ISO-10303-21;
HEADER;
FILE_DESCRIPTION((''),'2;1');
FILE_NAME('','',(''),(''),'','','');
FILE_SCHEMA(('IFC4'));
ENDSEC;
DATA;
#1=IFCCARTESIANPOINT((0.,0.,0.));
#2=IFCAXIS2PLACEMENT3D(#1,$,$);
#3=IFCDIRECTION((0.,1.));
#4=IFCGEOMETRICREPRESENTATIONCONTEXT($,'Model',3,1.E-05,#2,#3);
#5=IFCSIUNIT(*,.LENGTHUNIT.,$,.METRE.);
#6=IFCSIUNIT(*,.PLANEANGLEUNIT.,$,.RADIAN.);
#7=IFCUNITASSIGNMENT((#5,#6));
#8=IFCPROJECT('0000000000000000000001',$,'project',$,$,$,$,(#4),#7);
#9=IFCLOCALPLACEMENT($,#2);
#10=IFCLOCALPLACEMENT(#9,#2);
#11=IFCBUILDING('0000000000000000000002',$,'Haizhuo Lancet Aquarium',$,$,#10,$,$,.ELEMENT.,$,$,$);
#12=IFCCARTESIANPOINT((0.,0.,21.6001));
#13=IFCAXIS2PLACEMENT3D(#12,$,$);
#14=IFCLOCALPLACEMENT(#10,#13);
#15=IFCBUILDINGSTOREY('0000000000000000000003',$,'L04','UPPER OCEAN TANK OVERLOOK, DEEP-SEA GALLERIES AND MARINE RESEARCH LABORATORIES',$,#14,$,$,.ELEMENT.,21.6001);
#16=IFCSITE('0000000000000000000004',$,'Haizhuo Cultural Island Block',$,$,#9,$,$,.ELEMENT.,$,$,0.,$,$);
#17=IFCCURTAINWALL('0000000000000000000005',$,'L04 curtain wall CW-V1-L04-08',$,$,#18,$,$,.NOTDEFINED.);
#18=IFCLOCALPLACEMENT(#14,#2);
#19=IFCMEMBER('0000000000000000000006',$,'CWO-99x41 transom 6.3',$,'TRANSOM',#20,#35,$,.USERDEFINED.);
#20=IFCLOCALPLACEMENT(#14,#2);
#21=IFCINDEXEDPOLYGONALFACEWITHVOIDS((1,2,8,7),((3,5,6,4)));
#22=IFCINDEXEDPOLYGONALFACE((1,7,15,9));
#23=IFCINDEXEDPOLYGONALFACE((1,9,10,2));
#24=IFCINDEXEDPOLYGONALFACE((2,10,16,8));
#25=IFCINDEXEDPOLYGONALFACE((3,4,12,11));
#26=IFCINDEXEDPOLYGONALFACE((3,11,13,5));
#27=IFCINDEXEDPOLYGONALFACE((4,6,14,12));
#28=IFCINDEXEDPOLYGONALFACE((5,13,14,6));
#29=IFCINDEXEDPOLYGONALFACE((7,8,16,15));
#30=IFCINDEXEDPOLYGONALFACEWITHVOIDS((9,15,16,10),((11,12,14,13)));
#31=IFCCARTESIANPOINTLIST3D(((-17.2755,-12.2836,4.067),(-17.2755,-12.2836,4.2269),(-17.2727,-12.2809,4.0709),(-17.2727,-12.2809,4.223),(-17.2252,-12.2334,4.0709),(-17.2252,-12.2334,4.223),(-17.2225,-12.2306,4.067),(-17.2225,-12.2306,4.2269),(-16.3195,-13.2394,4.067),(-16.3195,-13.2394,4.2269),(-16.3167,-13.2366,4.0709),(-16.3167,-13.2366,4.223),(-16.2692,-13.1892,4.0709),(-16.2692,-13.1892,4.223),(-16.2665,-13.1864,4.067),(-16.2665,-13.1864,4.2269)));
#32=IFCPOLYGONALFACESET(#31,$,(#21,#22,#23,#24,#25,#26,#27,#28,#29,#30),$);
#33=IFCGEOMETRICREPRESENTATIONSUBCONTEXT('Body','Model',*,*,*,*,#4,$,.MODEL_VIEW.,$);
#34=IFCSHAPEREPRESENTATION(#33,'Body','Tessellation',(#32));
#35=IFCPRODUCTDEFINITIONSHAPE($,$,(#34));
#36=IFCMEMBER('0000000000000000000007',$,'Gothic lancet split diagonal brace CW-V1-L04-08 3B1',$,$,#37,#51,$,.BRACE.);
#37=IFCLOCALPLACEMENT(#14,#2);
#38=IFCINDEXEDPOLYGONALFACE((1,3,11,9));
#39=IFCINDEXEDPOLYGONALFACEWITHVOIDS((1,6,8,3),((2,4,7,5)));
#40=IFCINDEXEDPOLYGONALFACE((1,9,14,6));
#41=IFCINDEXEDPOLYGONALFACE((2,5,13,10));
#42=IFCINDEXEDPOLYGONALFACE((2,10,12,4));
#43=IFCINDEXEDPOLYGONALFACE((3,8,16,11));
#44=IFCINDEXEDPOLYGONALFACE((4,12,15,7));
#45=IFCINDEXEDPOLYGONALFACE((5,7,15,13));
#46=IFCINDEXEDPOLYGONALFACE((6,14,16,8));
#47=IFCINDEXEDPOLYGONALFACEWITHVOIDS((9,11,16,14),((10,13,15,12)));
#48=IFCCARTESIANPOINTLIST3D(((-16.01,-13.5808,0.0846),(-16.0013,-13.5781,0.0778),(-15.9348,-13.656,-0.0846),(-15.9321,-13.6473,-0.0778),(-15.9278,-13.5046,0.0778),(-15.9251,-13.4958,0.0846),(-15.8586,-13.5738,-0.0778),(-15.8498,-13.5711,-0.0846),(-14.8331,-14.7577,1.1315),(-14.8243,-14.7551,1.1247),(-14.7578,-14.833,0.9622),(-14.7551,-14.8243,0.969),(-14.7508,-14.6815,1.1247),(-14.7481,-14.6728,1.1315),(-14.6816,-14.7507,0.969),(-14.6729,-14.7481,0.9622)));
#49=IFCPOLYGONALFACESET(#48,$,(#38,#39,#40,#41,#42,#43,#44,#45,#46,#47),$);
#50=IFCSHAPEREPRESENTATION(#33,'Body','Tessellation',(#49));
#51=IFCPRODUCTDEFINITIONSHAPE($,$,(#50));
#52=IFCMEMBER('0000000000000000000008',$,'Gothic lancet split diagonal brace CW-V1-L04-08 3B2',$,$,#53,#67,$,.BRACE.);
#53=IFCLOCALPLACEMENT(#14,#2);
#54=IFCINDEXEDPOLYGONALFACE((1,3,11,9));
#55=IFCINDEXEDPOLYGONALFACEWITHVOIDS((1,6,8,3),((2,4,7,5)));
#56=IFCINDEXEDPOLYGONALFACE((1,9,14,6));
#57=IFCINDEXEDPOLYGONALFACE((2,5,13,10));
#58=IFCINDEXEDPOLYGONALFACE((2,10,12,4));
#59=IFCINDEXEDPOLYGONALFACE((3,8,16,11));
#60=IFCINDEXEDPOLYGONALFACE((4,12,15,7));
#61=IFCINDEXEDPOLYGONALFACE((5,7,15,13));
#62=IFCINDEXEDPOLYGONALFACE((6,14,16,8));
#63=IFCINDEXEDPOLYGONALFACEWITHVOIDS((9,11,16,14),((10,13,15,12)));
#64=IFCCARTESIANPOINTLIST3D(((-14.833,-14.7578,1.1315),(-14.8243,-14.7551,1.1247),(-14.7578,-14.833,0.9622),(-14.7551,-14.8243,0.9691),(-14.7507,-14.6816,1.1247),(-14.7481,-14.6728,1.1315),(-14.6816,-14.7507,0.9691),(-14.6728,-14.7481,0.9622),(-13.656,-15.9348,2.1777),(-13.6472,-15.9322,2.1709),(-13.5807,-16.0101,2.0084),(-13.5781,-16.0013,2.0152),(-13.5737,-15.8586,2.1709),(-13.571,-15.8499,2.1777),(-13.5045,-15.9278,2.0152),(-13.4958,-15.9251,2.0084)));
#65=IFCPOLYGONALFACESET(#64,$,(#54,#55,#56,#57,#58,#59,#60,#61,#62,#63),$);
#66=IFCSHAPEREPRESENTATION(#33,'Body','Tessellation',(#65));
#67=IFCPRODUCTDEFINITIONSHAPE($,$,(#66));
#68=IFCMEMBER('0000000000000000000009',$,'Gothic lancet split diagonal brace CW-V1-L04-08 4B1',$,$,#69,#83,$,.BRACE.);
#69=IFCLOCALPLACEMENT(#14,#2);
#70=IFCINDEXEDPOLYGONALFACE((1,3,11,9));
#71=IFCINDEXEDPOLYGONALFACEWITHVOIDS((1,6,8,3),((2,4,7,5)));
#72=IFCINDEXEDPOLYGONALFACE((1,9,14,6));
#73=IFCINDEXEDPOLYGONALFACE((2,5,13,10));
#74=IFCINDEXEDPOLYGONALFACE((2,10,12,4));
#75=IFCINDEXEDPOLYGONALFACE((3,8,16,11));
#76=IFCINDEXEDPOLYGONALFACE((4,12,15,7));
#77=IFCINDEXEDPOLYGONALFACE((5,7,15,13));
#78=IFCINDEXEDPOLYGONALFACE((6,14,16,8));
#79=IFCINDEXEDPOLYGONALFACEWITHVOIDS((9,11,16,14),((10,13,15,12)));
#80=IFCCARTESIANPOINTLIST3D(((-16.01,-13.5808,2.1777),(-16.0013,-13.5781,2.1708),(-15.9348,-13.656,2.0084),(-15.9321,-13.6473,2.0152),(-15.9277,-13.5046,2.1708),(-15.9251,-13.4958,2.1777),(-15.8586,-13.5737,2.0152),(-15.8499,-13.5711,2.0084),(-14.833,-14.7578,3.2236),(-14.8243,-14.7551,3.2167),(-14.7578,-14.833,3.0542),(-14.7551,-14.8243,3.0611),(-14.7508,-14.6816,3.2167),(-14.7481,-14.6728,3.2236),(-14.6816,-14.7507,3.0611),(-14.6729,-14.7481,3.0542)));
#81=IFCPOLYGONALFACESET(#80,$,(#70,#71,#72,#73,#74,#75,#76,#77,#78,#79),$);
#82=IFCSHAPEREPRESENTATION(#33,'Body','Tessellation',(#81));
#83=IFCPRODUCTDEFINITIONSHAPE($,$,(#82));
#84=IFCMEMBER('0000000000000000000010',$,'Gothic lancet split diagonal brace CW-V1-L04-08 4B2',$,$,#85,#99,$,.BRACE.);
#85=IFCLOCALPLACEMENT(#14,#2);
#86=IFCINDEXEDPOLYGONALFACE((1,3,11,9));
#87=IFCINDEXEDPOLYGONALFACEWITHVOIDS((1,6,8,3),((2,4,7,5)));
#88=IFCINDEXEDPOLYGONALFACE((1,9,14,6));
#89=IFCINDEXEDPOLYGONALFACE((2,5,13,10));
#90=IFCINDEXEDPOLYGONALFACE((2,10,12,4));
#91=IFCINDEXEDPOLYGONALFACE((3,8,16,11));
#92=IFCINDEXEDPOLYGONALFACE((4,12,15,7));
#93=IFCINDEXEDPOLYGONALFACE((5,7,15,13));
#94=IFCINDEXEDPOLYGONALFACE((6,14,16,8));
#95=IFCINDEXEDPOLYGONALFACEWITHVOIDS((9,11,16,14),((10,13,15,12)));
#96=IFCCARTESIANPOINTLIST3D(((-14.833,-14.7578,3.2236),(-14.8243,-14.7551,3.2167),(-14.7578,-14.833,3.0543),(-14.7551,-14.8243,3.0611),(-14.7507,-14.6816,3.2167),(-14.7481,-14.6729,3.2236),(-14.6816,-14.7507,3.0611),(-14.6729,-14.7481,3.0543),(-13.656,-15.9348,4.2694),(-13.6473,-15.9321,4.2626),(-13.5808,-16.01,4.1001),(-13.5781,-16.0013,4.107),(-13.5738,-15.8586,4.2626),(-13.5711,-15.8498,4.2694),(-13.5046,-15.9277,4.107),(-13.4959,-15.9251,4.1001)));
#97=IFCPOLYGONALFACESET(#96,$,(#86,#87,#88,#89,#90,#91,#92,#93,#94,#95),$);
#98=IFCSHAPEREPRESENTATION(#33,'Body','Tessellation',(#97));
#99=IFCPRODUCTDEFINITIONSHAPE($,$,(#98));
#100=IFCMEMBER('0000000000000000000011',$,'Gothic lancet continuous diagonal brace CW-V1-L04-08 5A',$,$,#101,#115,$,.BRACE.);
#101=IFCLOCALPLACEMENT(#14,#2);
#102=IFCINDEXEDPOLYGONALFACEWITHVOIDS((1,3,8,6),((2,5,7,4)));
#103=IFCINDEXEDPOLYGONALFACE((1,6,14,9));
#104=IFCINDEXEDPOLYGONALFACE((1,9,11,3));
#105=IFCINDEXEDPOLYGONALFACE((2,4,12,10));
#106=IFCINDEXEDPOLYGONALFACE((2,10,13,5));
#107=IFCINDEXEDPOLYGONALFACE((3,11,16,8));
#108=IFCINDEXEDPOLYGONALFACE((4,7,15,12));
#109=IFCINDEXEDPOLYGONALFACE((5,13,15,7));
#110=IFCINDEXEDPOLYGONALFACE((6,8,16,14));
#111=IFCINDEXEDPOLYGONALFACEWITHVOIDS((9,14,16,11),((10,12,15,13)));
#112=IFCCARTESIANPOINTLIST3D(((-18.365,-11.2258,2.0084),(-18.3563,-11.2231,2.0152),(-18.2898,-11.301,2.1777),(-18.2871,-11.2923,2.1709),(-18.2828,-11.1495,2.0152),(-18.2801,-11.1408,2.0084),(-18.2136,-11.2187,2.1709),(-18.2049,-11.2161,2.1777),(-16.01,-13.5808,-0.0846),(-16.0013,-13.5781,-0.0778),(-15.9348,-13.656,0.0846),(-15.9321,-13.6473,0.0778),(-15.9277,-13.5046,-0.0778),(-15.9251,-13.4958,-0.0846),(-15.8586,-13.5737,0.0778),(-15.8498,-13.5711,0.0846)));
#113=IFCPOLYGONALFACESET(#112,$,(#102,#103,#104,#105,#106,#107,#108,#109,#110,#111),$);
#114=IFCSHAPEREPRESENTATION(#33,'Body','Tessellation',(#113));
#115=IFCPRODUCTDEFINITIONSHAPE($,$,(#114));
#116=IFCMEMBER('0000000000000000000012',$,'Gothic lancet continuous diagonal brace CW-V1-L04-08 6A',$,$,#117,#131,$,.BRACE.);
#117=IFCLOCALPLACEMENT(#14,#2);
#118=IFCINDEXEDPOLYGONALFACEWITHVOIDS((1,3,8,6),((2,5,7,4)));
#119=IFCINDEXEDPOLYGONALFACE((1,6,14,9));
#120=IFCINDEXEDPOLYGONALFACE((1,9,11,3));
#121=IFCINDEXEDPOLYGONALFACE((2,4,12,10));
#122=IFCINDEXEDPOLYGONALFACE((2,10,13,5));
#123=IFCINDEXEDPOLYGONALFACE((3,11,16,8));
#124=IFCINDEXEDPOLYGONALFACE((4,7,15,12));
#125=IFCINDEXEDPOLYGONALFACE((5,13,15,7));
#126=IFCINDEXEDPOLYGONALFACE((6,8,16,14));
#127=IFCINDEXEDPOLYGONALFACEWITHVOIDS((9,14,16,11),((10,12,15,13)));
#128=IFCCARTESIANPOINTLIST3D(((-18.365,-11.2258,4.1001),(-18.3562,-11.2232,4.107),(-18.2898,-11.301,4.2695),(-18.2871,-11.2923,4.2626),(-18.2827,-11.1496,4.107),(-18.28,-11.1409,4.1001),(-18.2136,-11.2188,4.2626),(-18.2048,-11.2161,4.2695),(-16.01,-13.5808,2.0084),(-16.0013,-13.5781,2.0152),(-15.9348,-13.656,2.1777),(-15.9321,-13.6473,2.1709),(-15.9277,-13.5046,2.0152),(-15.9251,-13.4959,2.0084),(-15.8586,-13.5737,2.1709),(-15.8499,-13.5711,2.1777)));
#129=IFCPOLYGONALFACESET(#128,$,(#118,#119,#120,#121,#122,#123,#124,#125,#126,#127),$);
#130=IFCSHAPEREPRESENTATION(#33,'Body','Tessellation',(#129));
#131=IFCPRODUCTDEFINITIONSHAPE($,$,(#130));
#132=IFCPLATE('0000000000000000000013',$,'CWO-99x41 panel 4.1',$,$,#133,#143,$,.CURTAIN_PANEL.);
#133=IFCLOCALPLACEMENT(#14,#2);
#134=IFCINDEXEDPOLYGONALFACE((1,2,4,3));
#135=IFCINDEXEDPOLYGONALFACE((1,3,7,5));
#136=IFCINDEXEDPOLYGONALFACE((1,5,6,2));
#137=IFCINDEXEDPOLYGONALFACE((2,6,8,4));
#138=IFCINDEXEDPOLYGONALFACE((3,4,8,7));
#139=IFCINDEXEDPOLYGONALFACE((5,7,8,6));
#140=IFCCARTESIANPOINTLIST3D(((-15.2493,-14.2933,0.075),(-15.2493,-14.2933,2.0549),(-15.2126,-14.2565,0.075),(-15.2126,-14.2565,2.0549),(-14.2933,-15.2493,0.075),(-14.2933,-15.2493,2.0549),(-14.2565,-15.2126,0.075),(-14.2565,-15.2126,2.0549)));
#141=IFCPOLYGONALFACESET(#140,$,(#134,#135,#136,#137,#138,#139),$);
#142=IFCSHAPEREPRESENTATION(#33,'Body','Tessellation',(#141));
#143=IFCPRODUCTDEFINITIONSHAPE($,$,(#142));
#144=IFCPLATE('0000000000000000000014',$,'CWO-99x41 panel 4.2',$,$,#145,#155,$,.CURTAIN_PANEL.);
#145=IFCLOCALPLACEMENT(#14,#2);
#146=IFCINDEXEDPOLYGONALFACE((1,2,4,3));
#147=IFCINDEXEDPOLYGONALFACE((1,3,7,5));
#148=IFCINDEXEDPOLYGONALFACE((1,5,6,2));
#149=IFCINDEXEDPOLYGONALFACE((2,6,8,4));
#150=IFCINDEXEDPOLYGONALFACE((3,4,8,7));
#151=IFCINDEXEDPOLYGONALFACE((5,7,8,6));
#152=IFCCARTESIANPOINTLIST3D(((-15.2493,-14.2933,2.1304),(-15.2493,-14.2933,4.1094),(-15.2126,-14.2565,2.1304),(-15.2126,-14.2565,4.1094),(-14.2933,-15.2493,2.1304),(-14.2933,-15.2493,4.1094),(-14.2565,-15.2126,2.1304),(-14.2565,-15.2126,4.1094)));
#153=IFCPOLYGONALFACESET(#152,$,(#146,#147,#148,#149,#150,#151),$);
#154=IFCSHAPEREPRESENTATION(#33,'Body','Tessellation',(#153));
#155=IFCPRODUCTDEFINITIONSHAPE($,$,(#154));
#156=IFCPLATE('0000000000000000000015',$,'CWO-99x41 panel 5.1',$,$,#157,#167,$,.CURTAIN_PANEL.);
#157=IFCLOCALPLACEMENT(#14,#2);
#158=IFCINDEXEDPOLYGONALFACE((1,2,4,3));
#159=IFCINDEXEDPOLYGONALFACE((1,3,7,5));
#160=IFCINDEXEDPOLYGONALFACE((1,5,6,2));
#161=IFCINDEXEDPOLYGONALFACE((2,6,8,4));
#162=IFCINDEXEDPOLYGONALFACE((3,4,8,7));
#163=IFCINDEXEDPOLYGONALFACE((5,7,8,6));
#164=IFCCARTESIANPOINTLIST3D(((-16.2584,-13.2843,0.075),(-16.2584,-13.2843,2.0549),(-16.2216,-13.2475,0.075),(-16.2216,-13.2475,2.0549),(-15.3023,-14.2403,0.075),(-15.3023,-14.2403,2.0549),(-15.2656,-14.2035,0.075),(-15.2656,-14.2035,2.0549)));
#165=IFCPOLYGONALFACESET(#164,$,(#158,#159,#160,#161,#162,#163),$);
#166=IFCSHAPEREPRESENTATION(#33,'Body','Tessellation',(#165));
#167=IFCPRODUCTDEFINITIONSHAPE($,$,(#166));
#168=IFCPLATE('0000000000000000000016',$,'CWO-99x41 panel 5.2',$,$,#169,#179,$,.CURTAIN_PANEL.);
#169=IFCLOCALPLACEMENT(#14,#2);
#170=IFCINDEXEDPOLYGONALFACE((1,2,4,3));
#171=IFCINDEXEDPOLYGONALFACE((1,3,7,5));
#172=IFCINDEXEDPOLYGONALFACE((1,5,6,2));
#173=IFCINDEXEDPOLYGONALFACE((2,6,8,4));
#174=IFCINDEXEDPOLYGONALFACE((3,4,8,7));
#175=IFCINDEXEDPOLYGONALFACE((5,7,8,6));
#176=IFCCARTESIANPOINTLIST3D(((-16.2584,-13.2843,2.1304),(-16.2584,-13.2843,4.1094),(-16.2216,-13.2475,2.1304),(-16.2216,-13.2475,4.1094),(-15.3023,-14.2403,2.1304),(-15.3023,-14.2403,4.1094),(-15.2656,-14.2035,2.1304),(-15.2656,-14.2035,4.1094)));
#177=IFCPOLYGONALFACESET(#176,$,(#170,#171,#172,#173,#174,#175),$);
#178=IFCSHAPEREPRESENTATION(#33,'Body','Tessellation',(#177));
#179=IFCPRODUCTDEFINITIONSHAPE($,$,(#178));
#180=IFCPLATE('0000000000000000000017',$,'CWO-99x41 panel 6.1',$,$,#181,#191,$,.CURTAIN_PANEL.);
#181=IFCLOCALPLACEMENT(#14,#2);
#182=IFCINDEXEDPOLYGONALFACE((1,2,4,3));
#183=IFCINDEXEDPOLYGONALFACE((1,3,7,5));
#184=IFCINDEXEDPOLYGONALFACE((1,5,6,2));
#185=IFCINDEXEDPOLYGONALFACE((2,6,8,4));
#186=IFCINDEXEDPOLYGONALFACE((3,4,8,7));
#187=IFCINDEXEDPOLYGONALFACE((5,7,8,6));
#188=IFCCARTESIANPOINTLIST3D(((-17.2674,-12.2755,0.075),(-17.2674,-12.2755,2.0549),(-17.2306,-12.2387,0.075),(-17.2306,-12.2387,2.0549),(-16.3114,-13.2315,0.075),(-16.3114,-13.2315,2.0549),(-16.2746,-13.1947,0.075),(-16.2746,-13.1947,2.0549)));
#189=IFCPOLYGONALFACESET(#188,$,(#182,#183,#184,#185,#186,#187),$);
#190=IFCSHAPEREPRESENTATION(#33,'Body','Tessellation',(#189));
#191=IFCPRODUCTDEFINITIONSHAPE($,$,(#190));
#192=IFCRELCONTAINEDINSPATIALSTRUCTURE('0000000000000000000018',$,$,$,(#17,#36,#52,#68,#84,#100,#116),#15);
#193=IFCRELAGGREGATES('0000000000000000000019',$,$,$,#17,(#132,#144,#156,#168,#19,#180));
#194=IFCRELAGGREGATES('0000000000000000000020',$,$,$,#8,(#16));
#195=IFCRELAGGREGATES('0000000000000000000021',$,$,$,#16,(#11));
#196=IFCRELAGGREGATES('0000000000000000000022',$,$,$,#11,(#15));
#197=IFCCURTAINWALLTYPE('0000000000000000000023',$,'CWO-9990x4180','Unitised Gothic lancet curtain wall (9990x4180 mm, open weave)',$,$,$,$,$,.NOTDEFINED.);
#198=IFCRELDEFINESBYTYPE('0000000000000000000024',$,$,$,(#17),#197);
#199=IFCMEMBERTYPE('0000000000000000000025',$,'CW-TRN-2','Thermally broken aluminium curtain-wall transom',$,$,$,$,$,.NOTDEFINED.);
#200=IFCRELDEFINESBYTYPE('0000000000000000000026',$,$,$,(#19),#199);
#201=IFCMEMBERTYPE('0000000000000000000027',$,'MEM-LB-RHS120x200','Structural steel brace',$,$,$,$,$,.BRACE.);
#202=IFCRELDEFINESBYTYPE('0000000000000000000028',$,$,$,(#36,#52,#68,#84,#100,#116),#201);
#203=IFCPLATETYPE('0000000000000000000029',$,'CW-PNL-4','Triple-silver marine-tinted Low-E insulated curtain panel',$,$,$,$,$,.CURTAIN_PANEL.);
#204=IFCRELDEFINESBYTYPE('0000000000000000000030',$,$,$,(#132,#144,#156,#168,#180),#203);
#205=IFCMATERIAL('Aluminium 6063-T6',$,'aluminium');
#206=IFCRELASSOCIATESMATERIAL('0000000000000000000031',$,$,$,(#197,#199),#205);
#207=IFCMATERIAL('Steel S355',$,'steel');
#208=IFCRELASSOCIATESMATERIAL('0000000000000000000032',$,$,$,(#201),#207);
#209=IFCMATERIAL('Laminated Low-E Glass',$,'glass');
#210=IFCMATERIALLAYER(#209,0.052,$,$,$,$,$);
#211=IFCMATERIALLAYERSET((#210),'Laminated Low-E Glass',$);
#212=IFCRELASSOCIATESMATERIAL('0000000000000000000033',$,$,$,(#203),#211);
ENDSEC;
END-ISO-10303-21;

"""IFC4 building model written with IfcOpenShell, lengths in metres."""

from ifc_helpers import new_model, si_unit, direction, frame, origin, origin_2d, place, context, subcontext, project, spatial, rectangle, hollow_rectangle, extrude, material, layer, layer_set, material_profile, profile_set, type_object, element, aggregate, save


model = new_model("IFC4")

# Units and contexts
model_context = context("Model", 3, precision=1e-05, world=origin(), true_north=direction((0.0, 1.0)))
body_context = subcontext(model_context, "Body", "Model", "MODEL_VIEW")
ifc_project = project(units=[si_unit("LENGTHUNIT", "METRE"), si_unit("PLANEANGLEUNIT", "RADIAN")], contexts=[model_context])

# Site, building, storey
site_placement = place(None, origin())
site = spatial("IfcSite", under=ifc_project, at=site_placement, Name="Haizhuo Cultural Island Block", CompositionType="ELEMENT", RefElevation=0.0)
building_placement = place(site_placement, origin())
building = spatial("IfcBuilding", under=site, at=building_placement, Name="Haizhuo Lancet Aquarium", CompositionType="ELEMENT")
storey_placement = place(building_placement, frame((0.0, 0.0, 21.6001)))
storey = spatial("IfcBuildingStorey", under=building, at=storey_placement, Name="L04", Description="UPPER OCEAN TANK OVERLOOK, DEEP-SEA GALLERIES AND MARINE RESEARCH LABORATORIES", CompositionType="ELEMENT", Elevation=21.6001)

# Curtain wall, member
ifc_material_1 = material(Name="Aluminium 6063-T6", Category="aluminium")
curtain_wall_type = type_object("IfcCurtainWallType", Name="CWO-9990x4180", Description="Unitised Gothic lancet curtain wall (9990x4180 mm, open weave)", PredefinedType="NOTDEFINED", material=ifc_material_1)
curtain_wall_placement = place(storey_placement, origin())
curtain_wall = element("IfcCurtainWall", 1, at=curtain_wall_placement, inside=storey, type_object=curtain_wall_type, Name="L04 curtain wall CW-V1-L04-08", PredefinedType="NOTDEFINED")
ifc_material_profile_1 = material_profile(ifc_material_1, hollow_rectangle(XDim=0.075, YDim=0.1599, WallThickness=0.0039, at=origin_2d()), Name="ALU-T 75x160x4")
ifc_profile_set_1 = profile_set([ifc_material_profile_1], Name="Aluminium 6063-T6")
member_type_1 = type_object("IfcMemberType", Name="CW-TRN-2", Description="Thermally broken aluminium curtain-wall transom", PredefinedType="NOTDEFINED", material=ifc_profile_set_1)
member_1_placement = place(storey_placement, frame((-16.293, -13.2129, 4.147), z_axis=(-0.707197, 0.707016, 0.0), x_axis=(-0.707016, -0.707197, 0.0)))
member_1 = element("IfcMember", 2, at=member_1_placement, type_object=member_type_1, Name="CWO-99x41 transom 6.3", ObjectType="TRANSOM", PredefinedType="USERDEFINED", context=body_context, shape_type="SweptSolid", body=[
    extrude(hollow_rectangle(XDim=0.075, YDim=0.1599, WallThickness=0.0039, at=origin_2d()), origin(), (0.0, 0.0, 1.0), 1.3518),
])

# Members
ifc_material_2 = material(Name="Steel S355", Category="steel")
ifc_material_profile_2 = material_profile(ifc_material_2, hollow_rectangle(XDim=0.1201, YDim=0.2, WallThickness=0.0081, at=origin_2d()), Name="RHS 120x200x8")
ifc_profile_set_2 = profile_set([ifc_material_profile_2], Name="Steel S355")
member_type_2 = type_object("IfcMemberType", Name="MEM-LB-RHS120x200", Description="Structural steel brace", PredefinedType="BRACE", material=ifc_profile_set_2)
member_2_placement = place(storey_placement, frame((-15.9299, -13.5759, 0.0), z_axis=(0.598566, -0.598566, 0.532389), x_axis=(0.707107, 0.707107, 0.0)))
element("IfcMember", 3, at=member_2_placement, inside=storey, type_object=member_type_2, Name="Gothic lancet split diagonal brace CW-V1-L04-08 3B1", PredefinedType="BRACE", context=body_context, shape_type="SweptSolid", body=[
    extrude(hollow_rectangle(XDim=0.1201, YDim=0.2, WallThickness=0.0081, at=origin_2d()), origin(), (0.0, 0.0, 1.0), 1.9663),
])
member_3_placement = place(storey_placement, frame((-14.7529, -14.7529, 1.0469), z_axis=(0.598684, -0.598684, 0.532122), x_axis=(0.707107, 0.707107, 0.0)))
element("IfcMember", 4, at=member_3_placement, inside=storey, type_object=member_type_2, Name="Gothic lancet split diagonal brace CW-V1-L04-08 3B2", PredefinedType="BRACE", context=body_context, shape_type="SweptSolid", body=[
    extrude(hollow_rectangle(XDim=0.1201, YDim=0.2, WallThickness=0.0081, at=origin_2d()), origin(), (0.0, 0.0, 1.0), 1.9661),
])
for number, where, z_axis, x_axis, name in (
    (5, (-15.9299, -13.5759, 2.093), (0.598724, -0.598724, 0.532033), (0.707107, 0.707107, 0.0), "Gothic lancet split diagonal brace CW-V1-L04-08 4B1"),
    (6, (-14.7529, -14.7529, 3.1389), (0.598724, -0.598724, 0.532033), (0.707107, 0.707107, 0.0), "Gothic lancet split diagonal brace CW-V1-L04-08 4B2"),
):
    element("IfcMember", number, at=place(storey_placement, frame(where, z_axis=z_axis, x_axis=x_axis)), inside=storey, type_object=member_type_2, Name=name, PredefinedType="BRACE", context=body_context, shape_type="SweptSolid", body=[
        extrude(hollow_rectangle(XDim=0.1201, YDim=0.2, WallThickness=0.0081, at=origin_2d()), origin(), (0.0, 0.0, 1.0), 1.9658),
    ])
member_4_placement = place(storey_placement, frame((-15.9299, -13.5759, 0.0), z_axis=(-0.598695, 0.598695, 0.532098), x_axis=(-0.707107, -0.707107, 0.0)))
element("IfcMember", 7, at=member_4_placement, inside=storey, type_object=member_type_2, Name="Gothic lancet continuous diagonal brace CW-V1-L04-08 5A", PredefinedType="BRACE", context=body_context, shape_type="SweptSolid", body=[
    extrude(hollow_rectangle(XDim=0.1201, YDim=0.2, WallThickness=0.0081, at=origin_2d()), origin(), (0.0, 0.0, 1.0), 3.9336),
])
member_5_placement = place(storey_placement, frame((-15.9299, -13.5759, 2.093), z_axis=(-0.598794, 0.598794, 0.531875), x_axis=(-0.707107, -0.707107, 0.0)))
element("IfcMember", 8, at=member_5_placement, inside=storey, type_object=member_type_2, Name="Gothic lancet continuous diagonal brace CW-V1-L04-08 6A", PredefinedType="BRACE", context=body_context, shape_type="SweptSolid", body=[
    extrude(hollow_rectangle(XDim=0.1201, YDim=0.2, WallThickness=0.0081, at=origin_2d()), origin(), (0.0, 0.0, 1.0), 3.9329),
])

# Plates
ifc_material_3 = material(Name="Laminated Low-E Glass", Category="glass")
ifc_layer = layer(ifc_material_3, 0.052)
ifc_layer_set = layer_set([ifc_layer], Name="Laminated Low-E Glass")
plate_type = type_object("IfcPlateType", Name="CW-PNL-4", Description="Triple-silver marine-tinted Low-E insulated curtain panel", PredefinedType="CURTAIN_PANEL", material=ifc_layer_set)
plate_1_placement = place(storey_placement, frame((-14.7529, -14.7529, 0.075), z_axis=(0.0, 0.0, 1.0), x_axis=(-0.707107, 0.707107, 0.0)))
plate_1 = element("IfcPlate", 9, at=plate_1_placement, type_object=plate_type, Name="CWO-99x41 panel 4.1", PredefinedType="CURTAIN_PANEL", context=body_context, shape_type="SweptSolid", body=[
    extrude(rectangle(XDim=1.3521, YDim=0.052, at=origin_2d()), origin(), (0.0, 0.0, 1.0), 1.98),
])
plate_2_placement = place(storey_placement, frame((-14.7529, -14.7529, 2.1304), z_axis=(0.0, 0.0, 1.0), x_axis=(-0.707107, 0.707107, 0.0)))
plate_2 = element("IfcPlate", 10, at=plate_2_placement, type_object=plate_type, Name="CWO-99x41 panel 4.2", PredefinedType="CURTAIN_PANEL", context=body_context, shape_type="SweptSolid", body=[
    extrude(rectangle(XDim=1.3521, YDim=0.052, at=origin_2d()), origin(), (0.0, 0.0, 1.0), 1.979),
])
plate_3_placement = place(storey_placement, frame((-15.762, -13.7439, 0.075), z_axis=(0.0, 0.0, 1.0), x_axis=(-0.707107, 0.707107, 0.0)))
plate_3 = element("IfcPlate", 11, at=plate_3_placement, type_object=plate_type, Name="CWO-99x41 panel 5.1", PredefinedType="CURTAIN_PANEL", context=body_context, shape_type="SweptSolid", body=[
    extrude(rectangle(XDim=1.3521, YDim=0.052, at=origin_2d()), origin(), (0.0, 0.0, 1.0), 1.98),
])
plate_4_placement = place(storey_placement, frame((-15.762, -13.7439, 2.1304), z_axis=(0.0, 0.0, 1.0), x_axis=(-0.707107, 0.707107, 0.0)))
plate_4 = element("IfcPlate", 12, at=plate_4_placement, type_object=plate_type, Name="CWO-99x41 panel 5.2", PredefinedType="CURTAIN_PANEL", context=body_context, shape_type="SweptSolid", body=[
    extrude(rectangle(XDim=1.3521, YDim=0.052, at=origin_2d()), origin(), (0.0, 0.0, 1.0), 1.979),
])
plate_5_placement = place(storey_placement, frame((-16.771, -12.7351, 0.075), z_axis=(0.0, 0.0, 1.0), x_axis=(-0.707107, 0.707107, 0.0)))
plate_5 = element("IfcPlate", 13, at=plate_5_placement, type_object=plate_type, Name="CWO-99x41 panel 6.1", PredefinedType="CURTAIN_PANEL", context=body_context, shape_type="SweptSolid", body=[
    extrude(rectangle(XDim=1.3521, YDim=0.052, at=origin_2d()), origin(), (0.0, 0.0, 1.0), 1.98),
])
aggregate(curtain_wall, [plate_1, plate_2, plate_3, plate_4, member_1, plate_5])

save(model, "model.ifc")
